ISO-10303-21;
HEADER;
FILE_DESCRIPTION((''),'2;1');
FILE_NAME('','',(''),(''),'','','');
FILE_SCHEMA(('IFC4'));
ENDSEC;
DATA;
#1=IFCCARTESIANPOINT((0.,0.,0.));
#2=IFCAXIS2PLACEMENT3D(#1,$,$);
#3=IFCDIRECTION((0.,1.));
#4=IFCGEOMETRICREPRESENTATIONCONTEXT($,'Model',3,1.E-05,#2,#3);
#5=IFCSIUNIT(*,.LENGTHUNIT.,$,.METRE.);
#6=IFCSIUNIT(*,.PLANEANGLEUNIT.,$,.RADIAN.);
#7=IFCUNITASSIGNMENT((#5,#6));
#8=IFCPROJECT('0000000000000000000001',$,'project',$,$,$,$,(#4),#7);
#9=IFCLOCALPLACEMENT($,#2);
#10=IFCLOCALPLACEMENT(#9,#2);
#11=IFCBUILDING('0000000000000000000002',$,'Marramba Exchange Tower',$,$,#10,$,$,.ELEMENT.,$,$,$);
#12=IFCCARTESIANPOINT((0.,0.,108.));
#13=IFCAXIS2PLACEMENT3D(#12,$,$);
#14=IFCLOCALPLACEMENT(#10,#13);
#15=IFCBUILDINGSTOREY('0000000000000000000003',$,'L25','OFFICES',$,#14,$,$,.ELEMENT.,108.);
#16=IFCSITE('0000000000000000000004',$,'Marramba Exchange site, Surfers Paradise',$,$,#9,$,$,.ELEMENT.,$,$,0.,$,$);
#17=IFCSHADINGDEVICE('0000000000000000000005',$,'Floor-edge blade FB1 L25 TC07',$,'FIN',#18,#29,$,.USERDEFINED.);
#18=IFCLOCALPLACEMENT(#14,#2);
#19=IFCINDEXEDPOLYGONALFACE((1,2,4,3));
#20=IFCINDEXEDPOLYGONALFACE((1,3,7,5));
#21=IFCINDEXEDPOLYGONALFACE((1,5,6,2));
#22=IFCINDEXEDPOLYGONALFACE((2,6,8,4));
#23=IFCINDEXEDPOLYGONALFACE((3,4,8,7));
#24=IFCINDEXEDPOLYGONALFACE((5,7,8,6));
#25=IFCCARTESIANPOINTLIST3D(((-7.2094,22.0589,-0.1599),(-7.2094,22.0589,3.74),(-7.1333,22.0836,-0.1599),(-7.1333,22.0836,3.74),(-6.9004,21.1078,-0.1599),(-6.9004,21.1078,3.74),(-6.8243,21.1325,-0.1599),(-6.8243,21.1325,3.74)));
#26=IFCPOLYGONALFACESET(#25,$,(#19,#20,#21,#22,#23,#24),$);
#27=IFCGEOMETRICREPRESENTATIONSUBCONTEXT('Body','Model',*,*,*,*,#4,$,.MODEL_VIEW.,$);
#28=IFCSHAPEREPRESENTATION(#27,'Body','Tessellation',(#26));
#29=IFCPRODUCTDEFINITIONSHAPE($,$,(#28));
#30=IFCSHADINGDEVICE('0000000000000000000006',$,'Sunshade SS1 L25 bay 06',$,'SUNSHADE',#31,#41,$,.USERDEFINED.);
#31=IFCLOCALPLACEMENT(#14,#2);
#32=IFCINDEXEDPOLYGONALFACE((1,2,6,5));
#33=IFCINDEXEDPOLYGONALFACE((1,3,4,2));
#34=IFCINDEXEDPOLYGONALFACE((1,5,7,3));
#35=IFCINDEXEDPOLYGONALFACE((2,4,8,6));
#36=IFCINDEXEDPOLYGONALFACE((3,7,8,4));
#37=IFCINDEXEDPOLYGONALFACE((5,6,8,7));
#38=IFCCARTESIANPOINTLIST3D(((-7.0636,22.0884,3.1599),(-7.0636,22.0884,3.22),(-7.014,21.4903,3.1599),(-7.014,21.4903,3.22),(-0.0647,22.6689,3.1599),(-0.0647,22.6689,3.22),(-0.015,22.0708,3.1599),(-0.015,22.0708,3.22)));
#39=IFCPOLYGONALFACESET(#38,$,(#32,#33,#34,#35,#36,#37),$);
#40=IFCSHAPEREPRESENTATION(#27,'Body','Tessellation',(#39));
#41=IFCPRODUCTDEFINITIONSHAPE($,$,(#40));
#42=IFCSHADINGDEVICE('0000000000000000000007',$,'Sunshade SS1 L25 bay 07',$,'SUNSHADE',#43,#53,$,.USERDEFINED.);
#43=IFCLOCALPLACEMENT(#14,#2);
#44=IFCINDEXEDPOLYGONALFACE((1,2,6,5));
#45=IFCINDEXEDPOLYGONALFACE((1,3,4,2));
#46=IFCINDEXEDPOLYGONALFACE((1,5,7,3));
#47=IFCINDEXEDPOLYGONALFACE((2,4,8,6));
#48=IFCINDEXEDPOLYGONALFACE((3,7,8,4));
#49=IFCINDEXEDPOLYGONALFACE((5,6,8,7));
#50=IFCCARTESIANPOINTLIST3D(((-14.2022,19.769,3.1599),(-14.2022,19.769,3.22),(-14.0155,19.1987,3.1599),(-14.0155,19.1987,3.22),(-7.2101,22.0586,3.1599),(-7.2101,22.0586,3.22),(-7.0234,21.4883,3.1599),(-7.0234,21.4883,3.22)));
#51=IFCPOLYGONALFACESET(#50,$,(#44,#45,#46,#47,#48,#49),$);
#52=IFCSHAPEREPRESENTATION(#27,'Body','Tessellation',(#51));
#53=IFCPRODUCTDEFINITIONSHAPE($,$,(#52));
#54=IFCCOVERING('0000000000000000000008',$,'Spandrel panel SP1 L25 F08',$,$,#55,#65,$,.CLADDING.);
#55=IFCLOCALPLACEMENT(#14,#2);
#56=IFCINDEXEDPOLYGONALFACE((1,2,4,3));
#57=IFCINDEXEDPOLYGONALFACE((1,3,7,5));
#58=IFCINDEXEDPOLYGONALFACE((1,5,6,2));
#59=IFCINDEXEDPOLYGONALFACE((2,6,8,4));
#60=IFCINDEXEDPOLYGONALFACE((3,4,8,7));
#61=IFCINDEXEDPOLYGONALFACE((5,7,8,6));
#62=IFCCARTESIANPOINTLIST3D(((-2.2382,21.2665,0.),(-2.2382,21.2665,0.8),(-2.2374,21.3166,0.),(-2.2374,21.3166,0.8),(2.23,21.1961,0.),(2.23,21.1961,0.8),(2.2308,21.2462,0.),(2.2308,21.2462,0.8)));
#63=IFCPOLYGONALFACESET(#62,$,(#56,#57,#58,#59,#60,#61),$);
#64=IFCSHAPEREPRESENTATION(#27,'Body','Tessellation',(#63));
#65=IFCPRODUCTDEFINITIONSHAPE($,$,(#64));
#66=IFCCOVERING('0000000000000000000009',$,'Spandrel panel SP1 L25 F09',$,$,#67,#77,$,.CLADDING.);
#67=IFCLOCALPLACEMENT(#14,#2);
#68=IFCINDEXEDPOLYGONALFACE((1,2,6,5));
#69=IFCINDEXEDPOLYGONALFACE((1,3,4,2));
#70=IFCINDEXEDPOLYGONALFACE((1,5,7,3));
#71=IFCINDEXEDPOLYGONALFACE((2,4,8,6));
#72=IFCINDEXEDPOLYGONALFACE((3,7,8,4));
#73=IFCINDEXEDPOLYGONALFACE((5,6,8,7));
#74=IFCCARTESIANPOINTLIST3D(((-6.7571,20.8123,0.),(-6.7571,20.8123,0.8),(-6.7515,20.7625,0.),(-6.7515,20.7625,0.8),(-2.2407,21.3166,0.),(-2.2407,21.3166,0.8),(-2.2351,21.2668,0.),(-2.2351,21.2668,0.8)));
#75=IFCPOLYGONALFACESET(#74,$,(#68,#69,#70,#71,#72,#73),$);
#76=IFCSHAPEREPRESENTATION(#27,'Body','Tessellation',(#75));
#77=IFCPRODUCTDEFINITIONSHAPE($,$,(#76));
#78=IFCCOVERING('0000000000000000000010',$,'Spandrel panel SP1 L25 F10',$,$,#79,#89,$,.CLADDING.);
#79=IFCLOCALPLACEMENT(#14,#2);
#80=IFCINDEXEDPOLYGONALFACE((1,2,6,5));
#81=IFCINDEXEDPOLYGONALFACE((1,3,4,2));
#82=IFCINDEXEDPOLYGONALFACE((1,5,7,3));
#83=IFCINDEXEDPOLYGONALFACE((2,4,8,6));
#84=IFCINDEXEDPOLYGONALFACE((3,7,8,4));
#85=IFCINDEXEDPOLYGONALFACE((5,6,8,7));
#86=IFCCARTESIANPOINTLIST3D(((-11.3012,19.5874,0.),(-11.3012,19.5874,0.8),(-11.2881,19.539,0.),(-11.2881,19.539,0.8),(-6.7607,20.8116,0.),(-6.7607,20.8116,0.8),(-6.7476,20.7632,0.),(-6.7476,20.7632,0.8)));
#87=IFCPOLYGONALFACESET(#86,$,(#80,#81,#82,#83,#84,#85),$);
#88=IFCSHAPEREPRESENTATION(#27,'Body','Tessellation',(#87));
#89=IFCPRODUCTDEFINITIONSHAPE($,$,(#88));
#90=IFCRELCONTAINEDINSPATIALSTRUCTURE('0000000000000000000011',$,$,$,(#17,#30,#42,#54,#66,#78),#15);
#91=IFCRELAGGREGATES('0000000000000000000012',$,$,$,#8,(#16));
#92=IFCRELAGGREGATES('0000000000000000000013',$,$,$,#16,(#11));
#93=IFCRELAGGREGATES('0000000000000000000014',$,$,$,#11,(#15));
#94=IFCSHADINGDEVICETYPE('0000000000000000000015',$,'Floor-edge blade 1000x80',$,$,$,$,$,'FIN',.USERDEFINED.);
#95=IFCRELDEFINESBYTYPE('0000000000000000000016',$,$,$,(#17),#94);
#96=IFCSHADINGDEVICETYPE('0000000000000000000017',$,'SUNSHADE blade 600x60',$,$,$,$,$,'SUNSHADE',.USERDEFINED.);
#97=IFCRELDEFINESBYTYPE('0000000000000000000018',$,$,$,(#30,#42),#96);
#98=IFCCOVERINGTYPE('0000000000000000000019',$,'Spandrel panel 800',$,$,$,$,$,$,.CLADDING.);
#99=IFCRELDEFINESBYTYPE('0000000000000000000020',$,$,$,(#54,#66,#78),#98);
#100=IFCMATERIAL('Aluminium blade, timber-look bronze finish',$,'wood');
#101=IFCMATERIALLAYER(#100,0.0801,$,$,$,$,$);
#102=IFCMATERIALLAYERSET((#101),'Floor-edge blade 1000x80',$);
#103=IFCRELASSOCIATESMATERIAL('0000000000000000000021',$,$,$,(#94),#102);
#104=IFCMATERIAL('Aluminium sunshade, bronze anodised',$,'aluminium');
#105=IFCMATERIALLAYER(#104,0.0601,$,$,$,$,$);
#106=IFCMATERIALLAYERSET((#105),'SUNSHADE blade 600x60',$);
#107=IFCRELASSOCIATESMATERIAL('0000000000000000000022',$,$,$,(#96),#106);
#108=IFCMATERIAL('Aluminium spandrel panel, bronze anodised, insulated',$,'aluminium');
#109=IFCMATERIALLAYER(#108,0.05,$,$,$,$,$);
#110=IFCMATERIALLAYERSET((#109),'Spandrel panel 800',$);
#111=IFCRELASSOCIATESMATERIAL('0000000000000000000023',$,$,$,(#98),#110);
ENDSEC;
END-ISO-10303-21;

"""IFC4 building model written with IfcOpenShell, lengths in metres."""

from ifc_helpers import new_model, si_unit, direction, frame, origin, origin_2d, place, context, subcontext, project, spatial, rectangle, extrude, material, layer, layer_set, type_object, element, save


model = new_model("IFC4")

# Units and contexts
model_context = context("Model", 3, precision=1e-05, world=origin(), true_north=direction((0.0, 1.0)))
body_context = subcontext(model_context, "Body", "Model", "MODEL_VIEW")
ifc_project = project(units=[si_unit("LENGTHUNIT", "METRE"), si_unit("PLANEANGLEUNIT", "RADIAN")], contexts=[model_context])

# Site, building, storey
site_placement = place(None, origin())
site = spatial("IfcSite", under=ifc_project, at=site_placement, Name="Marramba Exchange site, Surfers Paradise", CompositionType="ELEMENT", RefElevation=0.0)
building_placement = place(site_placement, origin())
building = spatial("IfcBuilding", under=site, at=building_placement, Name="Marramba Exchange Tower", CompositionType="ELEMENT")
storey_placement = place(building_placement, frame((0.0, 0.0, 108.0)))
storey = spatial("IfcBuildingStorey", under=building, at=storey_placement, Name="L25", Description="OFFICES", CompositionType="ELEMENT", Elevation=108.0)

# Shading devices
ifc_material_1 = material(Name="Aluminium blade, timber-look bronze finish", Category="wood")
ifc_layer_1 = layer(ifc_material_1, 0.0801)
ifc_layer_set_1 = layer_set([ifc_layer_1], Name="Floor-edge blade 1000x80")
shading_device_type_1 = type_object("IfcShadingDeviceType", Name="Floor-edge blade 1000x80", ElementType="FIN", PredefinedType="USERDEFINED", material=ifc_layer_set_1)
shading_device_1_placement = place(storey_placement, frame((-7.0168, 21.5957, -0.1599), z_axis=(0.0, 0.0, 1.0), x_axis=(-0.309017, 0.951057, 0.0)))
element("IfcShadingDevice", 1, at=shading_device_1_placement, inside=storey, type_object=shading_device_type_1, Name="Floor-edge blade FB1 L25 TC07", ObjectType="FIN", PredefinedType="USERDEFINED", context=body_context, shape_type="SweptSolid", body=[
    extrude(rectangle(XDim=1.0, YDim=0.0801, at=origin_2d()), origin(), (0.0, 0.0, 1.0), 3.8999),
])
ifc_material_2 = material(Name="Aluminium sunshade, bronze anodised", Category="aluminium")
ifc_layer_2 = layer(ifc_material_2, 0.0601)
ifc_layer_set_2 = layer_set([ifc_layer_2], Name="SUNSHADE blade 600x60")
shading_device_type_2 = type_object("IfcShadingDeviceType", Name="SUNSHADE blade 600x60", ElementType="SUNSHADE", PredefinedType="USERDEFINED", material=ifc_layer_set_2)
shading_device_2_placement = place(storey_placement, frame((-3.5393, 22.0796, 3.1599), z_axis=(0.0, 0.0, 1.0), x_axis=(-0.996578, -0.08266, 0.0)))
element("IfcShadingDevice", 2, at=shading_device_2_placement, inside=storey, type_object=shading_device_type_2, Name="Sunshade SS1 L25 bay 06", ObjectType="SUNSHADE", PredefinedType="USERDEFINED", context=body_context, shape_type="SweptSolid", body=[
    extrude(rectangle(XDim=7.0229, YDim=0.6001, at=origin_2d()), origin(), (0.0, 0.0, 1.0), 0.0601),
])
shading_device_3_placement = place(storey_placement, frame((-10.6128, 20.6287, 3.1599), z_axis=(0.0, 0.0, 1.0), x_axis=(-0.950346, -0.311196, 0.0)))
element("IfcShadingDevice", 3, at=shading_device_3_placement, inside=storey, type_object=shading_device_type_2, Name="Sunshade SS1 L25 bay 07", ObjectType="SUNSHADE", PredefinedType="USERDEFINED", context=body_context, shape_type="SweptSolid", body=[
    extrude(rectangle(XDim=7.3574, YDim=0.6001, at=origin_2d()), origin(), (0.0, 0.0, 1.0), 0.0601),
])

# Coverings
ifc_material_3 = material(Name="Aluminium spandrel panel, bronze anodised, insulated", Category="aluminium")
ifc_layer_3 = layer(ifc_material_3, 0.05)
ifc_layer_set_3 = layer_set([ifc_layer_3], Name="Spandrel panel 800")
covering_type = type_object("IfcCoveringType", Name="Spandrel panel 800", PredefinedType="CLADDING", material=ifc_layer_set_3)
covering_1_placement = place(storey_placement, frame((-0.0037, 21.2563, 0.0), z_axis=(0.0, 0.0, 1.0), x_axis=(-0.999876, 0.015756, 0.0)))
element("IfcCovering", 4, at=covering_1_placement, inside=storey, type_object=covering_type, Name="Spandrel panel SP1 L25 F08", PredefinedType="CLADDING", context=body_context, shape_type="SweptSolid", body=[
    extrude(rectangle(XDim=4.4688, YDim=0.05, at=origin_2d()), origin(), (0.0, 0.0, 1.0), 0.8),
])
covering_2_placement = place(storey_placement, frame((-4.4961, 21.0396, 0.0), z_axis=(0.0, 0.0, 1.0), x_axis=(-0.993823, -0.110973, 0.0)))
element("IfcCovering", 5, at=covering_2_placement, inside=storey, type_object=covering_type, Name="Spandrel panel SP1 L25 F09", PredefinedType="CLADDING", context=body_context, shape_type="SweptSolid", body=[
    extrude(rectangle(XDim=4.5444, YDim=0.05, at=origin_2d()), origin(), (0.0, 0.0, 1.0), 0.8),
])
covering_3_placement = place(storey_placement, frame((-9.0244, 20.1753, 0.0), z_axis=(0.0, 0.0, 1.0), x_axis=(-0.965522, -0.260321, 0.0)))
element("IfcCovering", 6, at=covering_3_placement, inside=storey, type_object=covering_type, Name="Spandrel panel SP1 L25 F10", PredefinedType="CLADDING", context=body_context, shape_type="SweptSolid", body=[
    extrude(rectangle(XDim=4.7026, YDim=0.05, at=origin_2d()), origin(), (0.0, 0.0, 1.0), 0.8),
])

save(model, "model.ifc")
